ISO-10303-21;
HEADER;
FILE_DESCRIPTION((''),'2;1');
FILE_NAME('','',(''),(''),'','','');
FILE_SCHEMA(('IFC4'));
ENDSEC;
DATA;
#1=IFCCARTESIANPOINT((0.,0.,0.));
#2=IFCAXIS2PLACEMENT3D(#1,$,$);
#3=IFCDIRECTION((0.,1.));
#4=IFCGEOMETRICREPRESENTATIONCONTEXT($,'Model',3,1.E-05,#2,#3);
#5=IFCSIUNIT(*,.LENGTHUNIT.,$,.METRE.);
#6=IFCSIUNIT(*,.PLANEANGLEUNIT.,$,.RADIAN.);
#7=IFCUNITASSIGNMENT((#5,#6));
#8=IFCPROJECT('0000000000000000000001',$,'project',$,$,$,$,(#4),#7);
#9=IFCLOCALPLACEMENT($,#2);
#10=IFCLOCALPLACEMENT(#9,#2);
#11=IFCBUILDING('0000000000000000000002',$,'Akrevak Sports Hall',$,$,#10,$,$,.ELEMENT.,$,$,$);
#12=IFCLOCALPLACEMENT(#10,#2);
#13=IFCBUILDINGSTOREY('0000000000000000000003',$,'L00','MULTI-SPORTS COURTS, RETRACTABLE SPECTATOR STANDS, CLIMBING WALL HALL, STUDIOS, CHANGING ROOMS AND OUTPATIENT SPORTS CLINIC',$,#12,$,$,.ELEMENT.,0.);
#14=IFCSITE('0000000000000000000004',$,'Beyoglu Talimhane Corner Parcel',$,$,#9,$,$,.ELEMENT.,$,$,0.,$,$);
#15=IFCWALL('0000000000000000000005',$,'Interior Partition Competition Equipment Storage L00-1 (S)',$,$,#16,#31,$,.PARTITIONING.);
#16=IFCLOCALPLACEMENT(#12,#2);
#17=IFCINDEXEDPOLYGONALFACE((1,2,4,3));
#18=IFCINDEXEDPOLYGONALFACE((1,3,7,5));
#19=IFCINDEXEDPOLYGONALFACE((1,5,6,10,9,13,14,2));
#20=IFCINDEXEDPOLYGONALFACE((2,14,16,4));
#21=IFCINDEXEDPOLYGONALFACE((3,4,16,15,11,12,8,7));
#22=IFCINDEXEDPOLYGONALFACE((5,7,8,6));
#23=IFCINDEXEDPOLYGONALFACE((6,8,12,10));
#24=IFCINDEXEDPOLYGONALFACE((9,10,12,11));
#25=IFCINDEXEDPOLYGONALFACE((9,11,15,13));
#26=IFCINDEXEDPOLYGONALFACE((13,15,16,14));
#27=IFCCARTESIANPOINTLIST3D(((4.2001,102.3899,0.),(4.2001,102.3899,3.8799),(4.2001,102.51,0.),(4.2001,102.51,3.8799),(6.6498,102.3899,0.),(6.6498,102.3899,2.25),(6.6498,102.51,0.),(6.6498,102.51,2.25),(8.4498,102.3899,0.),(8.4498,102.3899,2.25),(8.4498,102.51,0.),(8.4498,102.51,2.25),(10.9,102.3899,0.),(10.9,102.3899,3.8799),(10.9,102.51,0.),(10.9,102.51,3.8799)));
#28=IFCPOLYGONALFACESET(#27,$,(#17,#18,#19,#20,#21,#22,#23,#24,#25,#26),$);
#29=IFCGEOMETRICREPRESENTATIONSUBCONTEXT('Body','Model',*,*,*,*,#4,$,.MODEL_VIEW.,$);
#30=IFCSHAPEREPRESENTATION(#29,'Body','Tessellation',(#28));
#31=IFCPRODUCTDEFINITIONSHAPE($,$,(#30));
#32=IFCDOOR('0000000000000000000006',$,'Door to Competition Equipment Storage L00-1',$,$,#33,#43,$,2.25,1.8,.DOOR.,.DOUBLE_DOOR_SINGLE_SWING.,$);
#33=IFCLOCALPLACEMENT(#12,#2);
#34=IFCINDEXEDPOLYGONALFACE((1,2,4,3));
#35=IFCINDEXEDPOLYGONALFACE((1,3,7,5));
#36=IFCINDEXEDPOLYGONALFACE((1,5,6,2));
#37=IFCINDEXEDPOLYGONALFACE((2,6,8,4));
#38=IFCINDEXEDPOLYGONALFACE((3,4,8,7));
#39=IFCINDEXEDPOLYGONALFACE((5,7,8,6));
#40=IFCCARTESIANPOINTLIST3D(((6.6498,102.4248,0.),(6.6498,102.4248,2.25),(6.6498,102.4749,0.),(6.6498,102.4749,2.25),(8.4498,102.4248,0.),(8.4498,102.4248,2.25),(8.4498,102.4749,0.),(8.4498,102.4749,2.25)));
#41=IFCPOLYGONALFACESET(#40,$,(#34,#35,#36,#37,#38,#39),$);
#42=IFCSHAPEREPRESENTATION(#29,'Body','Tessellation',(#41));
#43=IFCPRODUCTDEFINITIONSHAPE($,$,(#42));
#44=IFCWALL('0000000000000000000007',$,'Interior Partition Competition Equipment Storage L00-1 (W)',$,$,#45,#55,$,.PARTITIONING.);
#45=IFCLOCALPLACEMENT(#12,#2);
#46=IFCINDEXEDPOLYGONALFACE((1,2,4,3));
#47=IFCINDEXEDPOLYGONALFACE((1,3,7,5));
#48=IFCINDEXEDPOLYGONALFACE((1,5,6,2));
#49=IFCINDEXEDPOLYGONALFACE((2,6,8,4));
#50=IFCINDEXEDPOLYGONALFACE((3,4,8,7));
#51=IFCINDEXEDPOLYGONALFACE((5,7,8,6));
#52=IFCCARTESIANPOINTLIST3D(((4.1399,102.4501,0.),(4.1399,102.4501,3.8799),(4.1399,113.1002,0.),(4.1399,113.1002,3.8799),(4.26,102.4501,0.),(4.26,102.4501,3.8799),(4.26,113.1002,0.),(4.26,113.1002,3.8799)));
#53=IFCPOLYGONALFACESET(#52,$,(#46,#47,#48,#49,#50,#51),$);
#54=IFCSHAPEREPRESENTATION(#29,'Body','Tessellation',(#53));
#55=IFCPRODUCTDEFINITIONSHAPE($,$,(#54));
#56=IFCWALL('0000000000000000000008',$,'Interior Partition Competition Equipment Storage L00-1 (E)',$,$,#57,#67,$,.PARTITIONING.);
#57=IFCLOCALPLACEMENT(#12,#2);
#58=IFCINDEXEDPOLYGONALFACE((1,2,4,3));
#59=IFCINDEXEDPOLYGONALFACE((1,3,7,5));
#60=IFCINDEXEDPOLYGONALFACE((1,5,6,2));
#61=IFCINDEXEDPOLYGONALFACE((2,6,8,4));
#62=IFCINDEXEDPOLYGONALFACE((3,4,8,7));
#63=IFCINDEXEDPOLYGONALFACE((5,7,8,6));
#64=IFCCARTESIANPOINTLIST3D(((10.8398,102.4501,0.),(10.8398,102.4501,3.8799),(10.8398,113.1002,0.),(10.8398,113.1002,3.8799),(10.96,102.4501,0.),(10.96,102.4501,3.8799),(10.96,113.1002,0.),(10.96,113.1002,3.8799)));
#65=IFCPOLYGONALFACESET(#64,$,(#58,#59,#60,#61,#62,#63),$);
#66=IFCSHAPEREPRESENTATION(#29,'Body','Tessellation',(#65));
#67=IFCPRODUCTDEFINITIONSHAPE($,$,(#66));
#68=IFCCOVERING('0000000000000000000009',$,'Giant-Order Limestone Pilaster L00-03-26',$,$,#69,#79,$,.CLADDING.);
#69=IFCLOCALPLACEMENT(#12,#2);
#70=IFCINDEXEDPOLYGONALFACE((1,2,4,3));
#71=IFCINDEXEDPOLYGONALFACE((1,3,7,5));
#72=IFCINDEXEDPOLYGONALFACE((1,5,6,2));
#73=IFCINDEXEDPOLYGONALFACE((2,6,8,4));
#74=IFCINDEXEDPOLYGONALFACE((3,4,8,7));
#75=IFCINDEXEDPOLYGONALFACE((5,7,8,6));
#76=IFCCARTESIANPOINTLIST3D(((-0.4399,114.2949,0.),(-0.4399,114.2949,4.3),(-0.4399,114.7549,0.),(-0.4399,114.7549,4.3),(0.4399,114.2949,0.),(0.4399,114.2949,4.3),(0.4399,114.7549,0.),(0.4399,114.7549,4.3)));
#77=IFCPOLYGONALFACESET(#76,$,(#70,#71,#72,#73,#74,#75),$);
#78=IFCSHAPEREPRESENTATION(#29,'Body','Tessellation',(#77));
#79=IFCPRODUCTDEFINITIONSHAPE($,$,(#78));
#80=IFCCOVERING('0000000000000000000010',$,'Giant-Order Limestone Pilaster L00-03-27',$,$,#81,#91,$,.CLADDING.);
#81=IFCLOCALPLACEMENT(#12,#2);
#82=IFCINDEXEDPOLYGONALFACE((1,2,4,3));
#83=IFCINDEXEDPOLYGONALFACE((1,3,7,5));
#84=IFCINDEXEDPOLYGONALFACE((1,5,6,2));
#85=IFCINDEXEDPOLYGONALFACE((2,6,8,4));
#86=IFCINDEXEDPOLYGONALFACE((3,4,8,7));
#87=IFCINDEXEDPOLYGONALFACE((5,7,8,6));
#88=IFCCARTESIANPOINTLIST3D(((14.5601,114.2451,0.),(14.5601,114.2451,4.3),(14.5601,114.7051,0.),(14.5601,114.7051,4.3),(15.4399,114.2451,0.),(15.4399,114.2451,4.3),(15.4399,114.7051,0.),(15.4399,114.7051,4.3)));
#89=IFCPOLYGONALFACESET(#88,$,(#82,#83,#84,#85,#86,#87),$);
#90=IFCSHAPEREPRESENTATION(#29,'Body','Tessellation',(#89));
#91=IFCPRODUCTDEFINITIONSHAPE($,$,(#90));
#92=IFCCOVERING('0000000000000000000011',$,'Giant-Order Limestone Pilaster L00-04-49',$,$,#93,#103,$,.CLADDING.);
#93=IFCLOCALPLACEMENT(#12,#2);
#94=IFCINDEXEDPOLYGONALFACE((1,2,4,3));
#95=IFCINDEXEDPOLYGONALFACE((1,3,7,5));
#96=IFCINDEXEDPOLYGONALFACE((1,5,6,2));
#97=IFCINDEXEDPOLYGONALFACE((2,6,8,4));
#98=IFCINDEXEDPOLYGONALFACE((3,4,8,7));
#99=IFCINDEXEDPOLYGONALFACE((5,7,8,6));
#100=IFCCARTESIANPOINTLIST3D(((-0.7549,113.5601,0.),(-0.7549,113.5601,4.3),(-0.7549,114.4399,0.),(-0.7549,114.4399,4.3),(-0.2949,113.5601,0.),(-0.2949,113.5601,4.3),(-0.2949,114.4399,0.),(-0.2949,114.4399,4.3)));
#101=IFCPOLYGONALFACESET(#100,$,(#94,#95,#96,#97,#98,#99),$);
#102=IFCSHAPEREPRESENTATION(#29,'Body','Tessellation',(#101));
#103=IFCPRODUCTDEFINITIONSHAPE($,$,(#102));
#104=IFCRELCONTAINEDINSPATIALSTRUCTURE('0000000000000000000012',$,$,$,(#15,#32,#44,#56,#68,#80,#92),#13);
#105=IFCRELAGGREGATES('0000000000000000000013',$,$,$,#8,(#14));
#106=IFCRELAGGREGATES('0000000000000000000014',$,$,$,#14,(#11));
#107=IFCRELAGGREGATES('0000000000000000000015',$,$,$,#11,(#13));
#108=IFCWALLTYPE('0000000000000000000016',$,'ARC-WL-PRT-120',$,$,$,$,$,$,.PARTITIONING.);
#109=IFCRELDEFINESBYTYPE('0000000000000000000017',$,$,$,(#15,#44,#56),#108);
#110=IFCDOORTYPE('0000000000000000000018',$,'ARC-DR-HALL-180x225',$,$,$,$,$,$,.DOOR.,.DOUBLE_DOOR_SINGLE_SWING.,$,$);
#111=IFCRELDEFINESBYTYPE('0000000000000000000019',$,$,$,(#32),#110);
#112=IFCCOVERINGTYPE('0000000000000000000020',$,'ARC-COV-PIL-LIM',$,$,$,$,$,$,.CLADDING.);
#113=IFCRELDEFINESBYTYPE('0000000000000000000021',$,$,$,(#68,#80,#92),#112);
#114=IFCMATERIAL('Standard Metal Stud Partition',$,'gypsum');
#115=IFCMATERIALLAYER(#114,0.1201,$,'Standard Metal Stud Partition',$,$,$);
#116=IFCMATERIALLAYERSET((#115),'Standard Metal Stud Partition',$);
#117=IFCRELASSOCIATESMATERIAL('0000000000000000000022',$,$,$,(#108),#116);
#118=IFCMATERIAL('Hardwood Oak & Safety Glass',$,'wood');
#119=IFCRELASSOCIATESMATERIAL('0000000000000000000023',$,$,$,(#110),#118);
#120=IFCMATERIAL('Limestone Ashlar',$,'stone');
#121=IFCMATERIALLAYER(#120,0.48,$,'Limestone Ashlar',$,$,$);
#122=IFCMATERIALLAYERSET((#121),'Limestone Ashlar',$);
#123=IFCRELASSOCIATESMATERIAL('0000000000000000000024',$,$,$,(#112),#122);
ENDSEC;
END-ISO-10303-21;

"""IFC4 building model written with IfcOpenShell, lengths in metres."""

from ifc_helpers import new_model, si_unit, direction, frame, frame_2d, origin, origin_2d, place, context, subcontext, project, spatial, rectangle, extrude, material, layer, layer_set, type_object, element, fill, save


model = new_model("IFC4")

# Units and contexts
model_context = context("Model", 3, precision=1e-05, world=origin(), true_north=direction((0.0, 1.0)))
body_context = subcontext(model_context, "Body", "Model", "MODEL_VIEW")
ifc_project = project(units=[si_unit("LENGTHUNIT", "METRE"), si_unit("PLANEANGLEUNIT", "RADIAN")], contexts=[model_context])

# Site, building, storey
site_placement = place(None, origin())
site = spatial("IfcSite", under=ifc_project, at=site_placement, Name="Beyoglu Talimhane Corner Parcel", CompositionType="ELEMENT", RefElevation=0.0)
building_placement = place(site_placement, origin())
building = spatial("IfcBuilding", under=site, at=building_placement, Name="Akrevak Sports Hall", CompositionType="ELEMENT")
storey_placement = place(building_placement, origin())
storey = spatial("IfcBuildingStorey", under=building, at=storey_placement, Name="L00", Description="MULTI-SPORTS COURTS, RETRACTABLE SPECTATOR STANDS, CLIMBING WALL HALL, STUDIOS, CHANGING ROOMS AND OUTPATIENT SPORTS CLINIC", CompositionType="ELEMENT", Elevation=0.0)

# Shared definitions
ifc_material_1 = material(Name="Limestone Ashlar", Category="stone")

# Wall, opening, door
ifc_material_2 = material(Name="Standard Metal Stud Partition", Category="gypsum")
ifc_layer_1 = layer(ifc_material_2, 0.1201, Name="Standard Metal Stud Partition")
ifc_layer_set_1 = layer_set([ifc_layer_1], Name="Standard Metal Stud Partition")
wall_type_1 = type_object("IfcWallType", Name="ARC-WL-PRT-120", PredefinedType="PARTITIONING", material=ifc_layer_set_1)
wall_1_placement = place(storey_placement, frame((4.2, 102.45, 0.0), z_axis=(0.0, 0.0, 1.0), x_axis=(1.0, 0.0, 0.0)))
wall_1 = element("IfcWall", 1, at=wall_1_placement, inside=storey, type_object=wall_type_1, Name="Interior Partition Competition Equipment Storage L00-1 (S)", PredefinedType="PARTITIONING", context=body_context, shape_type="SweptSolid", body=[
    extrude(rectangle(XDim=6.7, YDim=0.1201, at=frame_2d((3.3501, 0.0))), origin(), (0.0, 0.0, 1.0), 3.8799),
])
opening_1_placement = place(wall_1_placement, frame((2.45, 0.0, 0.0)))
opening_1 = element("IfcOpeningElement", 2, at=opening_1_placement, cuts=wall_1, PredefinedType="OPENING", context=body_context, shape_type="SweptSolid", body=[
    extrude(rectangle(XDim=1.8, YDim=2.25, at=frame_2d((0.8999, 1.125))), frame((0.0, 0.072, 0.0), z_axis=(0.0, -1.0, 0.0), x_axis=(1.0, 0.0, 0.0)), (0.0, 0.0, 1.0), 0.144),
])
ifc_material_3 = material(Name="Hardwood Oak & Safety Glass", Category="wood")
door_type = type_object("IfcDoorType", Name="ARC-DR-HALL-180x225", OperationType="DOUBLE_DOOR_SINGLE_SWING", PredefinedType="DOOR", material=ifc_material_3)
door_placement = place(opening_1_placement, origin())
door = element("IfcDoor", 3, at=door_placement, inside=storey, type_object=door_type, Name="Door to Competition Equipment Storage L00-1", OperationType="DOUBLE_DOOR_SINGLE_SWING", OverallHeight=2.25, OverallWidth=1.8, PredefinedType="DOOR", context=body_context, shape_type="SweptSolid", body=[
    extrude(rectangle(XDim=1.8, YDim=2.25, at=frame_2d((0.8999, 1.125))), frame((0.0, 0.0249, 0.0), z_axis=(0.0, -1.0, 0.0), x_axis=(1.0, 0.0, 0.0)), (0.0, 0.0, 1.0), 0.05),
])
fill(opening_1, door)

# Walls
for number, where, z_axis, x_axis, name in (
    (4, (4.2, 102.45, 0.0), (0.0, 0.0, 1.0), (0.0, 1.0, 0.0), "Interior Partition Competition Equipment Storage L00-1 (W)"),
    (5, (10.8999, 102.45, 0.0), (0.0, 0.0, 1.0), (0.0, 1.0, 0.0), "Interior Partition Competition Equipment Storage L00-1 (E)"),
):
    element("IfcWall", number, at=place(storey_placement, frame(where, z_axis=z_axis, x_axis=x_axis)), inside=storey, type_object=wall_type_1, Name=name, PredefinedType="PARTITIONING", context=body_context, shape_type="SweptSolid", body=[
        extrude(rectangle(XDim=10.6501, YDim=0.1201, at=frame_2d((5.3252, 0.0))), origin(), (0.0, 0.0, 1.0), 3.8799),
    ])

# Coverings
ifc_layer_2 = layer(ifc_material_1, 0.48, Name="Limestone Ashlar")
ifc_layer_set_2 = layer_set([ifc_layer_2], Name="Limestone Ashlar")
covering_type = type_object("IfcCoveringType", Name="ARC-COV-PIL-LIM", PredefinedType="CLADDING", material=ifc_layer_set_2)
for number, where, z_axis, x_axis, name in (
    (6, (0.0, 114.5249, 0.0), (0.0, 0.0, 1.0), (-1.0, 0.0, 0.0), "Giant-Order Limestone Pilaster L00-03-26"),
    (7, (15.0, 114.4751, 0.0), (0.0, 0.0, 1.0), (-1.0, 0.0, 0.0), "Giant-Order Limestone Pilaster L00-03-27"),
    (8, (-0.5249, 114.0, 0.0), (0.0, 0.0, 1.0), (0.0, -1.0, 0.0), "Giant-Order Limestone Pilaster L00-04-49"),
):
    element("IfcCovering", number, at=place(storey_placement, frame(where, z_axis=z_axis, x_axis=x_axis)), inside=storey, type_object=covering_type, Name=name, PredefinedType="CLADDING", context=body_context, shape_type="SweptSolid", body=[
        extrude(rectangle(XDim=0.8799, YDim=0.46, at=origin_2d()), origin(), (0.0, 0.0, 1.0), 4.3),
    ])

save(model, "model.ifc")
